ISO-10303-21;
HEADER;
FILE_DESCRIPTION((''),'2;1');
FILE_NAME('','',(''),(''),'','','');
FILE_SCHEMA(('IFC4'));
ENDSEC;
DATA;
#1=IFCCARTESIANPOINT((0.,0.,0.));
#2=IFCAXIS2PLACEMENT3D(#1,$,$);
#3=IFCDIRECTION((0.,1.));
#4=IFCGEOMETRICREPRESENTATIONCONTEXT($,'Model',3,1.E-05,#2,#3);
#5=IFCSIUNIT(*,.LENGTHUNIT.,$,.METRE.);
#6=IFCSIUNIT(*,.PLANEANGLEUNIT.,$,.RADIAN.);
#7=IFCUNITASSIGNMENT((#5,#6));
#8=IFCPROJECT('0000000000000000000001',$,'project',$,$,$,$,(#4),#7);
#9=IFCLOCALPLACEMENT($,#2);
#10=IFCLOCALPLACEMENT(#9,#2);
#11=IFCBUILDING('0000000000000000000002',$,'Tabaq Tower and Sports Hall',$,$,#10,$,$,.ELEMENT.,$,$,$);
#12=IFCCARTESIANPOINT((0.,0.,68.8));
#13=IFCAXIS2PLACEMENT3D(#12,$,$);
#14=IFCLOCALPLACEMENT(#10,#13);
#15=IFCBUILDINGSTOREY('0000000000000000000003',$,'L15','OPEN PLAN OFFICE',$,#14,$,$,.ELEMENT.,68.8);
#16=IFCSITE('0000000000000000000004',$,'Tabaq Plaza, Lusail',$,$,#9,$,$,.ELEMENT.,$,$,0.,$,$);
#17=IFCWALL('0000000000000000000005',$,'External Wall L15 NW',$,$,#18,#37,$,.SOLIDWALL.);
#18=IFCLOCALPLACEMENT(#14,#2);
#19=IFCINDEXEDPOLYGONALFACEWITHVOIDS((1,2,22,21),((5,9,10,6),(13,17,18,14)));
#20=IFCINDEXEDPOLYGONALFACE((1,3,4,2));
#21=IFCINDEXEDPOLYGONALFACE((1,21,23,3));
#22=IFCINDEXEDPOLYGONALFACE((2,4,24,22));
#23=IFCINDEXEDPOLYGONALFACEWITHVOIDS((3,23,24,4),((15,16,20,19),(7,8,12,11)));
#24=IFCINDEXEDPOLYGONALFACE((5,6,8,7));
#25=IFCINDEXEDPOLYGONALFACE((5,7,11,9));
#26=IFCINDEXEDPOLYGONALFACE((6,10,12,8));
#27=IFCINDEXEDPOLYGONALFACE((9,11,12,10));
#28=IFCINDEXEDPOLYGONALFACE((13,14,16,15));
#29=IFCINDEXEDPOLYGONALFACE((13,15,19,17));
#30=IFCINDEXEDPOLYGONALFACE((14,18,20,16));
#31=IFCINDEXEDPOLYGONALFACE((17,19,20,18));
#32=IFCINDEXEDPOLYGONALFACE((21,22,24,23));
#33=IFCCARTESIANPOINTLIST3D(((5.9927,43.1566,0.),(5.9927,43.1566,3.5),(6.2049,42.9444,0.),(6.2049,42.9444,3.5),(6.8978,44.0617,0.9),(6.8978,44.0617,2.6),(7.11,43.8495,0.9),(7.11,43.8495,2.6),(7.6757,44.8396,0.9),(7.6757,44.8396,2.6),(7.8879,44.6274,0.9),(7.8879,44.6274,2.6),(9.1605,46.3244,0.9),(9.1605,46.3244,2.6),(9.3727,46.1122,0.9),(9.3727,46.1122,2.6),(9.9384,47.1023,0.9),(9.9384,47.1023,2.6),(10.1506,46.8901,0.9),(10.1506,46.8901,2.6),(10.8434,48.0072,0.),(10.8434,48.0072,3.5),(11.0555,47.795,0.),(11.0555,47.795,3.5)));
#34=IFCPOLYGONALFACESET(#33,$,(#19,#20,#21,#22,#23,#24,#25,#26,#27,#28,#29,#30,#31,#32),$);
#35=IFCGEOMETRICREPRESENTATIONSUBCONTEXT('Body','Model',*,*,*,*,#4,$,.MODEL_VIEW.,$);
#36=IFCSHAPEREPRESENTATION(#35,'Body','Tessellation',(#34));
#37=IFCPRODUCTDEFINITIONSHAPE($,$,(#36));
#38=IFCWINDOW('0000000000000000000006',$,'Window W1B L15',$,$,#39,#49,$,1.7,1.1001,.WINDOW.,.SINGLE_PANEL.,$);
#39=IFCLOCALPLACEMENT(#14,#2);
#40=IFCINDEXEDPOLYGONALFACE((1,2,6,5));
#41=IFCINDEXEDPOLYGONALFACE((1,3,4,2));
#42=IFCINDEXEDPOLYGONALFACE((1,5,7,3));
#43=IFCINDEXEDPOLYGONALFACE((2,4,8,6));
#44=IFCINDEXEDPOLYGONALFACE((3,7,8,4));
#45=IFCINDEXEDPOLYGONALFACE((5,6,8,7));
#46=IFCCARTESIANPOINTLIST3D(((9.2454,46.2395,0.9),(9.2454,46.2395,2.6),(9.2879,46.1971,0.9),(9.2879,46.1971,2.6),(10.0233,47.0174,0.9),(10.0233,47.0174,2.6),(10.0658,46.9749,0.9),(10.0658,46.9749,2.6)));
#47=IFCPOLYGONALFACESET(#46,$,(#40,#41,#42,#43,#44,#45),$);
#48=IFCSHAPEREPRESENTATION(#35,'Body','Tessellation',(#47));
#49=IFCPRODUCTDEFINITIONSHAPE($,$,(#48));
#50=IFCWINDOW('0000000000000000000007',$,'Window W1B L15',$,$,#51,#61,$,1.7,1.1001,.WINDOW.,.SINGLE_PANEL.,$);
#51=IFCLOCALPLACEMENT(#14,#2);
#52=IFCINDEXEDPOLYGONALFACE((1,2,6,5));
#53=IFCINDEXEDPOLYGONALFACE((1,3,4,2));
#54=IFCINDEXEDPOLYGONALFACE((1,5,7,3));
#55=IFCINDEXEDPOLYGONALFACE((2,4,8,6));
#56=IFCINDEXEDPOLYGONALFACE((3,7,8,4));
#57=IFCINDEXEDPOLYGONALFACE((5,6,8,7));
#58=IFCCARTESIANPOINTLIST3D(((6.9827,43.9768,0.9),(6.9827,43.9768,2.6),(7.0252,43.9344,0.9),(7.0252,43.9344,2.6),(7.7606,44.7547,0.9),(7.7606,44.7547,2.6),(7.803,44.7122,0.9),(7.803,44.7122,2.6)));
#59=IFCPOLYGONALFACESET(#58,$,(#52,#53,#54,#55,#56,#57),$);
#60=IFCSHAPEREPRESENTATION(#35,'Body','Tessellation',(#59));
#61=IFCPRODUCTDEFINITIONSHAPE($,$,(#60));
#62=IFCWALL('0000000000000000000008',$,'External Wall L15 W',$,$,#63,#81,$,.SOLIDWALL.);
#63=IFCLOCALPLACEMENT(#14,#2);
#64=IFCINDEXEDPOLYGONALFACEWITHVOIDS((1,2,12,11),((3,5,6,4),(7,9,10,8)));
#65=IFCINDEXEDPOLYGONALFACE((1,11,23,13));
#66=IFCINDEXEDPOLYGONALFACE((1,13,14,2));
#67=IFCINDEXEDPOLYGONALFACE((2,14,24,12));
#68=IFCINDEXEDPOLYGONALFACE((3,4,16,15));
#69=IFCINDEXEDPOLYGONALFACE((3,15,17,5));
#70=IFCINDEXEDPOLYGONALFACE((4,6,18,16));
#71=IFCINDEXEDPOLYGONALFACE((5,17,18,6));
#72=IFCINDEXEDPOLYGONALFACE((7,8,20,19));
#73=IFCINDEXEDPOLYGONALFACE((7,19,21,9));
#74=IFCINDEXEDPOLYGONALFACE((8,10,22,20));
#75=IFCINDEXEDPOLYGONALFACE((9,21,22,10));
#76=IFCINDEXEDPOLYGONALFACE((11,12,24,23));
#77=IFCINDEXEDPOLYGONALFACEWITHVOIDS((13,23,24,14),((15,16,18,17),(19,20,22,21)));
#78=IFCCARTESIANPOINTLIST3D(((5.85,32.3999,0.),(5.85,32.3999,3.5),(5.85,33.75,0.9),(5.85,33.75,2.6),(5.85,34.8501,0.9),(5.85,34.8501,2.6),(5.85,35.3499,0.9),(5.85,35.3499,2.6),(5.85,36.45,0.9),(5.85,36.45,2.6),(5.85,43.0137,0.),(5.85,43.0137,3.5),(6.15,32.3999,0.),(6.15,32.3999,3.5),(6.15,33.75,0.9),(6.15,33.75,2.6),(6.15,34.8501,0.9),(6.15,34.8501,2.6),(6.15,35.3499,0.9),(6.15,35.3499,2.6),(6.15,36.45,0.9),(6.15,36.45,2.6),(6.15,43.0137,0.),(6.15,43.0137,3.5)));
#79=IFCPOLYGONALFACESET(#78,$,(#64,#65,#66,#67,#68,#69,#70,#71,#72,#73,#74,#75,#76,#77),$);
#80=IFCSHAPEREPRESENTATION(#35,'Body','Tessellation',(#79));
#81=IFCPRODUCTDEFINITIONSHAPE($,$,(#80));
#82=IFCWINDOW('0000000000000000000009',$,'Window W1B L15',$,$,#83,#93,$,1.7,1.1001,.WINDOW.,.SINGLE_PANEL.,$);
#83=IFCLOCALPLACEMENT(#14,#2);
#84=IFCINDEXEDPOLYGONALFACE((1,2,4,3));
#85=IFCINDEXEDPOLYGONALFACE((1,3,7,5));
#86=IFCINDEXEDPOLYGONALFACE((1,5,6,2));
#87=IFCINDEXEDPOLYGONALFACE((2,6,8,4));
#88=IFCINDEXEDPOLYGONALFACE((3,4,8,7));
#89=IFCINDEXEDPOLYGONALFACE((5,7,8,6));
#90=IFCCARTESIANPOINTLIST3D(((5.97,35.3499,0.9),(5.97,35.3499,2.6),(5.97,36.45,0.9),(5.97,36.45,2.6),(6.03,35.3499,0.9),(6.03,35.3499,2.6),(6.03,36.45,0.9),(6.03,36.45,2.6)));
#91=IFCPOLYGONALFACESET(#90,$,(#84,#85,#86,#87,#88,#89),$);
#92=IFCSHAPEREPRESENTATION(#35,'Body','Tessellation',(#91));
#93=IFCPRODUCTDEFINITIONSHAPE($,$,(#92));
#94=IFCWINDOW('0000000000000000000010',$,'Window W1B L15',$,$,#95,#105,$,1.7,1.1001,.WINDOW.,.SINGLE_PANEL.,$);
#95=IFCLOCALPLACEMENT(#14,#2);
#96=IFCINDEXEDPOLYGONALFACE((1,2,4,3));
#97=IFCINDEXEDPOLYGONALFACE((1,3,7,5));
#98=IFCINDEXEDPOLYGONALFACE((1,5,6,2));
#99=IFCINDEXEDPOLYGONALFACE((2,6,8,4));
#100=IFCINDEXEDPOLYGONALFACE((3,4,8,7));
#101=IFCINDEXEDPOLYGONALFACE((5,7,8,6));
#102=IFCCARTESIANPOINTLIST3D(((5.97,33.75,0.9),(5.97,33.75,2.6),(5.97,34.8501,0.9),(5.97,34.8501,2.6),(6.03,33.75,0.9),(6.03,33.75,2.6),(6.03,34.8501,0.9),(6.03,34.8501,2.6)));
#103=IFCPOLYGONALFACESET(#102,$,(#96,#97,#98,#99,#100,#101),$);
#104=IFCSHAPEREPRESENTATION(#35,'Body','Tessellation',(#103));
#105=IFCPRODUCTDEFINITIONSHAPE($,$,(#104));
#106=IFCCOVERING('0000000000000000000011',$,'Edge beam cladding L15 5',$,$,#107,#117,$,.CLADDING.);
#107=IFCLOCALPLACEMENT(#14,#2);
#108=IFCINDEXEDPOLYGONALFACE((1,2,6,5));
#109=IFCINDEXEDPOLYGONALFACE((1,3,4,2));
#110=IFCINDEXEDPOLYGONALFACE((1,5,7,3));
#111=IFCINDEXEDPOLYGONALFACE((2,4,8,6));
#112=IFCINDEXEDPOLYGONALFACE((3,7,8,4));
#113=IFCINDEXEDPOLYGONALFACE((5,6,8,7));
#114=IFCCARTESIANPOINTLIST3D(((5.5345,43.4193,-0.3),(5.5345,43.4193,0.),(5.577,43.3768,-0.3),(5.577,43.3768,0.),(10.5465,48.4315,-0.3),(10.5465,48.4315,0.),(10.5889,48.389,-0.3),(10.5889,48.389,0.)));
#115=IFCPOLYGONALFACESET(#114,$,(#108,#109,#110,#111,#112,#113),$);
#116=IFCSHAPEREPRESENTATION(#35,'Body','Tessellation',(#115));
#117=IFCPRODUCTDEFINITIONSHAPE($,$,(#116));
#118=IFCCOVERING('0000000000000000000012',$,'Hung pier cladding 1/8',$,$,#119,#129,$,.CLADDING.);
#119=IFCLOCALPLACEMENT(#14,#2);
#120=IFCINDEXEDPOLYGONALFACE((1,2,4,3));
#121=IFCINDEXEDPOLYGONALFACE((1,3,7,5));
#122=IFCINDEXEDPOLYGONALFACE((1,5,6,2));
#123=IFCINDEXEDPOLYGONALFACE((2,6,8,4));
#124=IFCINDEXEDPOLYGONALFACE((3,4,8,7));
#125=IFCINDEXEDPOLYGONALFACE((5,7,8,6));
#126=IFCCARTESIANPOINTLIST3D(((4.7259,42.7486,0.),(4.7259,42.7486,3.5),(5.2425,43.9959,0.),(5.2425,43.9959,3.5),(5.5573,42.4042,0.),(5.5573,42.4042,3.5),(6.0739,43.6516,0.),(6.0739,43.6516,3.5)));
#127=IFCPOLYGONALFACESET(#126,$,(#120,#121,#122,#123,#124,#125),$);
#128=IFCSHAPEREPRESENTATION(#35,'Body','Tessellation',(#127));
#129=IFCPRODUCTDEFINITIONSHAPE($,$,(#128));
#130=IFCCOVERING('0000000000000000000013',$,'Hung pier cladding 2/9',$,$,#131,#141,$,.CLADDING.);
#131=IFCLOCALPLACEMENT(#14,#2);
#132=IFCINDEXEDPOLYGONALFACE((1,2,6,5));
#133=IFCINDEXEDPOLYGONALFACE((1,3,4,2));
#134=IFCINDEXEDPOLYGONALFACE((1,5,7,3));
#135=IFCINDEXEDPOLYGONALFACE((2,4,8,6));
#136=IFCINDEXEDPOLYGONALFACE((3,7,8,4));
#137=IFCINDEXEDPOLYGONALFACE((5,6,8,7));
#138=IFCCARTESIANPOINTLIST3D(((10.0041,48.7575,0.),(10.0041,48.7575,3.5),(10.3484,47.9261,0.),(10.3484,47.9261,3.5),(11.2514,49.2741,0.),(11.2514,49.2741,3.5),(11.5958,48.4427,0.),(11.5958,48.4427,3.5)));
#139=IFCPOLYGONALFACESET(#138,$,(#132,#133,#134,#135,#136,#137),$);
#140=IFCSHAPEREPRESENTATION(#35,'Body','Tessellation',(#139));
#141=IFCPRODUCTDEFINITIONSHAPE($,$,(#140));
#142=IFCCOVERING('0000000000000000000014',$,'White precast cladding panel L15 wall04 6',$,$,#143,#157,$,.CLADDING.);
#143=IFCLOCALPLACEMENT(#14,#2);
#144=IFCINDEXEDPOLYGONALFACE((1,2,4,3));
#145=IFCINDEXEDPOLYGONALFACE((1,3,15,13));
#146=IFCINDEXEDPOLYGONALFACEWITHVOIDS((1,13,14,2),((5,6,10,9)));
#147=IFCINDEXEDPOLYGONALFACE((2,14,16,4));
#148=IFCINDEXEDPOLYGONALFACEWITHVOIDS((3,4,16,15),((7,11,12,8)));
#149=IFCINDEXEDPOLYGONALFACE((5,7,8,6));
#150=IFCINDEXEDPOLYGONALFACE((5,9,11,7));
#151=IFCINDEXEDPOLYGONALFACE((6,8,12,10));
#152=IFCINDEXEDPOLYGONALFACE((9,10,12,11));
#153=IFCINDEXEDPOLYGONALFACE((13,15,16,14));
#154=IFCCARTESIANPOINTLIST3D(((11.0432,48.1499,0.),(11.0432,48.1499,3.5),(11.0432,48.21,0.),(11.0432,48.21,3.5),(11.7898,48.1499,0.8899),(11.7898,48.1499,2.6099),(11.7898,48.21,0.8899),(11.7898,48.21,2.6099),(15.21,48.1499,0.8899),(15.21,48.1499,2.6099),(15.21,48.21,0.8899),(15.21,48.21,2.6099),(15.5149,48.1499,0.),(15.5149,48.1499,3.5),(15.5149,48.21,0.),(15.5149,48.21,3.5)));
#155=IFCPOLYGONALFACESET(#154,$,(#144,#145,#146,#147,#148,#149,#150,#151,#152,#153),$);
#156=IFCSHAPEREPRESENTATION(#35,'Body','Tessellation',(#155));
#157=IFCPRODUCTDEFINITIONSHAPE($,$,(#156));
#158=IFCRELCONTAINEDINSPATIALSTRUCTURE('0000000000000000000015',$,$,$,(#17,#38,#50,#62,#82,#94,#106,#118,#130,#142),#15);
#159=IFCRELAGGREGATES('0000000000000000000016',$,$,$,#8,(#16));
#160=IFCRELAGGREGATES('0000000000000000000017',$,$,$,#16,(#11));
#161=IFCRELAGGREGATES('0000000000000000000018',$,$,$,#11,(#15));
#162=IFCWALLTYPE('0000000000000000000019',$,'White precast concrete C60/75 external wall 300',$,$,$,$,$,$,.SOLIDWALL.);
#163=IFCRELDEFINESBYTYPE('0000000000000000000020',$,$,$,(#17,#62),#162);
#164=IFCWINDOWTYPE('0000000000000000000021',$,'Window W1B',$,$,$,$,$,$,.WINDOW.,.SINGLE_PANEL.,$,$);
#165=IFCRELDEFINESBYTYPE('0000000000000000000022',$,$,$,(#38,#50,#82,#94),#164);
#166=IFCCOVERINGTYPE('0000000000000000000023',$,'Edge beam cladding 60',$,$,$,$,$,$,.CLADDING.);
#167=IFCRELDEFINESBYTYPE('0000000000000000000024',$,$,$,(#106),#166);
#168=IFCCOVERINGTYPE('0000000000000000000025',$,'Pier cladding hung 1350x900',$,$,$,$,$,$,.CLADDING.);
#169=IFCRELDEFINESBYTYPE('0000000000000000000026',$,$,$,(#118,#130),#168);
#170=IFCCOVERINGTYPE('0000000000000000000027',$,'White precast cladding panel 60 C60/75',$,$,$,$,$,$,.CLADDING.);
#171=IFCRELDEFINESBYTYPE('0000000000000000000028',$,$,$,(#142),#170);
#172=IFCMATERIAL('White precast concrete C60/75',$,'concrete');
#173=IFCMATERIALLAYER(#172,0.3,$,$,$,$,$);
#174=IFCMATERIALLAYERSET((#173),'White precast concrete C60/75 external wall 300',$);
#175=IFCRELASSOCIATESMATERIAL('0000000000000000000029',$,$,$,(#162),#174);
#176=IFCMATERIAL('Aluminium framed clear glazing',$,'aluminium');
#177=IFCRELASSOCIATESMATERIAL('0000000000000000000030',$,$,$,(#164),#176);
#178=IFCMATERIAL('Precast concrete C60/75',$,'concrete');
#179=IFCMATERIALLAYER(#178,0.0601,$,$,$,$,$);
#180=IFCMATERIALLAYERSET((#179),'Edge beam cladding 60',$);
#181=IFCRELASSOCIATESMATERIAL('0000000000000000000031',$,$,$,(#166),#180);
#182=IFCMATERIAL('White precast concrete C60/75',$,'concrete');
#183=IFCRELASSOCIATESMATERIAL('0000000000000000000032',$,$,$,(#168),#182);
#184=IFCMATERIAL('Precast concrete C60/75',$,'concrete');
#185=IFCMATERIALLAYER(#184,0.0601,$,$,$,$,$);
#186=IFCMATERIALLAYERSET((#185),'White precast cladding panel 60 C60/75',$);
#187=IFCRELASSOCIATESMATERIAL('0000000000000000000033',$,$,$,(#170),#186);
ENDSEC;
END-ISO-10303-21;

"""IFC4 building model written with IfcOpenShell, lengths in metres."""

from ifc_helpers import new_model, si_unit, direction, frame, frame_2d, origin, place, context, subcontext, project, spatial, polyline, rectangle, outline, extrude, material, layer, layer_set, type_object, element, fill, save


model = new_model("IFC4")

# Units and contexts
model_context = context("Model", 3, precision=1e-05, world=origin(), true_north=direction((0.0, 1.0)))
body_context = subcontext(model_context, "Body", "Model", "MODEL_VIEW")
ifc_project = project(units=[si_unit("LENGTHUNIT", "METRE"), si_unit("PLANEANGLEUNIT", "RADIAN")], contexts=[model_context])

# Site, building, storey
site_placement = place(None, origin())
site = spatial("IfcSite", under=ifc_project, at=site_placement, Name="Tabaq Plaza, Lusail", CompositionType="ELEMENT", RefElevation=0.0)
building_placement = place(site_placement, origin())
building = spatial("IfcBuilding", under=site, at=building_placement, Name="Tabaq Tower and Sports Hall", CompositionType="ELEMENT")
storey_placement = place(building_placement, frame((0.0, 0.0, 68.8)))
storey = spatial("IfcBuildingStorey", under=building, at=storey_placement, Name="L15", Description="OPEN PLAN OFFICE", CompositionType="ELEMENT", Elevation=68.8)

# Walls, openings, windows
ifc_material_1 = material(Name="White precast concrete C60/75", Category="concrete")
ifc_layer_1 = layer(ifc_material_1, 0.3)
ifc_layer_set_1 = layer_set([ifc_layer_1], Name="White precast concrete C60/75 external wall 300")
wall_type_1 = type_object("IfcWallType", Name="White precast concrete C60/75 external wall 300", PredefinedType="SOLIDWALL", material=ifc_layer_set_1)
wall_1_placement = place(storey_placement, frame((10.9495, 47.9011, 0.0), z_axis=(0.0, 0.0, 1.0), x_axis=(-0.707107, -0.707107, 0.0)))
wall_1 = element("IfcWall", 1, at=wall_1_placement, inside=storey, type_object=wall_type_1, Name="External Wall L15 NW", PredefinedType="SOLIDWALL", context=body_context, shape_type="SweptSolid", body=[
    extrude(rectangle(XDim=6.8599, YDim=0.3, at=frame_2d((3.4299, 0.0))), origin(), (0.0, 0.0, 1.0), 3.5),
])
opening_1_placement = place(wall_1_placement, frame((1.2798, 0.0, 0.8999)))
opening_1 = element("IfcOpeningElement", 2, at=opening_1_placement, cuts=wall_1, PredefinedType="OPENING", context=body_context, shape_type="SweptSolid", body=[
    extrude(rectangle(XDim=1.1001, YDim=1.7, at=frame_2d((0.55, 0.8501))), frame((0.0, 0.1602, 0.0), z_axis=(0.0, -1.0, 0.0), x_axis=(1.0, 0.0, 0.0)), (0.0, 0.0, 1.0), 0.3201),
])
opening_2_placement = place(wall_1_placement, frame((4.4797, 0.0, 0.8999)))
opening_2 = element("IfcOpeningElement", 3, at=opening_2_placement, cuts=wall_1, PredefinedType="OPENING", context=body_context, shape_type="SweptSolid", body=[
    extrude(rectangle(XDim=1.1001, YDim=1.7, at=frame_2d((0.55, 0.8501))), frame((0.0, 0.1602, 0.0), z_axis=(0.0, -1.0, 0.0), x_axis=(1.0, 0.0, 0.0)), (0.0, 0.0, 1.0), 0.3201),
])
ifc_material_2 = material(Name="Aluminium framed clear glazing", Category="aluminium")
window_type = type_object("IfcWindowType", Name="Window W1B", PartitioningType="SINGLE_PANEL", PredefinedType="WINDOW", material=ifc_material_2)
window_1_placement = place(opening_1_placement, origin())
window_1 = element("IfcWindow", 4, at=window_1_placement, inside=storey, type_object=window_type, Name="Window W1B L15", OverallHeight=1.7, OverallWidth=1.1001, PartitioningType="SINGLE_PANEL", PredefinedType="WINDOW", context=body_context, shape_type="SweptSolid", body=[
    extrude(rectangle(XDim=1.1001, YDim=1.7, at=frame_2d((0.55, 0.8501))), frame((0.0, 0.03, 0.0), z_axis=(0.0, -1.0, 0.0), x_axis=(1.0, 0.0, 0.0)), (0.0, 0.0, 1.0), 0.0601),
])
fill(opening_1, window_1)
window_2_placement = place(opening_2_placement, origin())
window_2 = element("IfcWindow", 5, at=window_2_placement, inside=storey, type_object=window_type, Name="Window W1B L15", OverallHeight=1.7, OverallWidth=1.1001, PartitioningType="SINGLE_PANEL", PredefinedType="WINDOW", context=body_context, shape_type="SweptSolid", body=[
    extrude(rectangle(XDim=1.1001, YDim=1.7, at=frame_2d((0.55, 0.8501))), frame((0.0, 0.03, 0.0), z_axis=(0.0, -1.0, 0.0), x_axis=(1.0, 0.0, 0.0)), (0.0, 0.0, 1.0), 0.0601),
])
fill(opening_2, window_2)
wall_2_placement = place(storey_placement, frame((6.0, 43.0137, 0.0), z_axis=(0.0, 0.0, 1.0), x_axis=(0.0, -1.0, 0.0)))
wall_2 = element("IfcWall", 6, at=wall_2_placement, inside=storey, type_object=wall_type_1, Name="External Wall L15 W", PredefinedType="SOLIDWALL", context=body_context, shape_type="SweptSolid", body=[
    extrude(rectangle(XDim=10.6138, YDim=0.3, at=frame_2d((5.3069, 0.0))), origin(), (0.0, 0.0, 1.0), 3.5),
])
opening_3_placement = place(wall_2_placement, frame((6.5637, 0.0, 0.8999)))
opening_3 = element("IfcOpeningElement", 7, at=opening_3_placement, cuts=wall_2, PredefinedType="OPENING", context=body_context, shape_type="SweptSolid", body=[
    extrude(rectangle(XDim=1.1001, YDim=1.7, at=frame_2d((0.55, 0.8501))), frame((0.0, 0.1602, 0.0), z_axis=(0.0, -1.0, 0.0), x_axis=(1.0, 0.0, 0.0)), (0.0, 0.0, 1.0), 0.3201),
])
opening_4_placement = place(wall_2_placement, frame((8.1636, 0.0, 0.8999)))
opening_4 = element("IfcOpeningElement", 8, at=opening_4_placement, cuts=wall_2, PredefinedType="OPENING", context=body_context, shape_type="SweptSolid", body=[
    extrude(rectangle(XDim=1.1001, YDim=1.7, at=frame_2d((0.55, 0.8501))), frame((0.0, 0.1602, 0.0), z_axis=(0.0, -1.0, 0.0), x_axis=(1.0, 0.0, 0.0)), (0.0, 0.0, 1.0), 0.3201),
])
window_3_placement = place(opening_3_placement, origin())
window_3 = element("IfcWindow", 9, at=window_3_placement, inside=storey, type_object=window_type, Name="Window W1B L15", OverallHeight=1.7, OverallWidth=1.1001, PartitioningType="SINGLE_PANEL", PredefinedType="WINDOW", context=body_context, shape_type="SweptSolid", body=[
    extrude(rectangle(XDim=1.1001, YDim=1.7, at=frame_2d((0.55, 0.8501))), frame((0.0, 0.03, 0.0), z_axis=(0.0, -1.0, 0.0), x_axis=(1.0, 0.0, 0.0)), (0.0, 0.0, 1.0), 0.0601),
])
fill(opening_3, window_3)
window_4_placement = place(opening_4_placement, origin())
window_4 = element("IfcWindow", 10, at=window_4_placement, inside=storey, type_object=window_type, Name="Window W1B L15", OverallHeight=1.7, OverallWidth=1.1001, PartitioningType="SINGLE_PANEL", PredefinedType="WINDOW", context=body_context, shape_type="SweptSolid", body=[
    extrude(rectangle(XDim=1.1001, YDim=1.7, at=frame_2d((0.55, 0.8501))), frame((0.0, 0.03, 0.0), z_axis=(0.0, -1.0, 0.0), x_axis=(1.0, 0.0, 0.0)), (0.0, 0.0, 1.0), 0.0601),
])
fill(opening_4, window_4)

# Coverings
ifc_material_3 = material(Name="Precast concrete C60/75", Category="concrete")
ifc_layer_2 = layer(ifc_material_3, 0.0601)
ifc_layer_set_2 = layer_set([ifc_layer_2], Name="Edge beam cladding 60")
covering_type_1 = type_object("IfcCoveringType", Name="Edge beam cladding 60", PredefinedType="CLADDING", material=ifc_layer_set_2)
covering_1_placement = place(storey_placement, frame((10.5676, 48.4102, -0.3), z_axis=(0.0, 0.0, 1.0), x_axis=(-0.70709, -0.707124, 0.0)))
element("IfcCovering", 11, at=covering_1_placement, inside=storey, type_object=covering_type_1, Name="Edge beam cladding L15 5", PredefinedType="CLADDING", context=body_context, shape_type="SweptSolid", body=[
    extrude(rectangle(XDim=7.0881, YDim=0.0601, at=frame_2d((3.5439, 0.0))), origin(), (0.0, 0.0, 1.0), 0.3),
])
ifc_material_4 = material(Name="White precast concrete C60/75", Category="concrete")
covering_type_2 = type_object("IfcCoveringType", Name="Pier cladding hung 1350x900", PredefinedType="CLADDING", material=ifc_material_4)
for number, where, z_axis, x_axis, name in (
    (12, (5.6582, 43.8237, 0.0), (0.0, 0.0, 1.0), (-0.38265, -0.923893, 0.0), "Hung pier cladding 1/8"),
    (13, (11.4236, 48.8584, 0.0), (0.0, 0.0, 1.0), (-0.923893, -0.38265, 0.0), "Hung pier cladding 2/9"),
):
    element("IfcCovering", number, at=place(storey_placement, frame(where, z_axis=z_axis, x_axis=x_axis)), inside=storey, type_object=covering_type_2, Name=name, PredefinedType="CLADDING", context=body_context, shape_type="SweptSolid", body=[
        extrude(rectangle(XDim=1.3501, YDim=0.8999, at=frame_2d((0.675, 0.0))), origin(), (0.0, 0.0, 1.0), 3.5),
    ])
ifc_material_5 = material(Name="Precast concrete C60/75", Category="concrete")
ifc_layer_3 = layer(ifc_material_5, 0.0601)
ifc_layer_set_3 = layer_set([ifc_layer_3], Name="White precast cladding panel 60 C60/75")
covering_type_3 = type_object("IfcCoveringType", Name="White precast cladding panel 60 C60/75", PredefinedType="CLADDING", material=ifc_layer_set_3)
covering_2_placement = place(storey_placement, frame((15.5149, 48.1799, 0.0), z_axis=(0.0, 0.0, 1.0), x_axis=(-1.0, 0.0, 0.0)))
element("IfcCovering", 14, at=covering_2_placement, inside=storey, type_object=covering_type_3, Name="White precast cladding panel L15 wall04 6", PredefinedType="CLADDING", context=body_context, shape_type="SweptSolid", body=[
    extrude(outline(polyline([(0.0, 0.0), (4.4717, 0.0), (4.4717, 3.5), (0.0, 3.5), (0.0, 0.0)]), holes=[polyline([(0.3049, 0.8899), (0.3049, 2.6099), (3.7251, 2.6099), (3.7251, 0.8899), (0.3049, 0.8899)])]), frame((0.0, 0.03, 0.0), z_axis=(0.0, -1.0, 0.0), x_axis=(1.0, 0.0, 0.0)), (0.0, 0.0, 1.0), 0.0601),
])

save(model, "model.ifc")
